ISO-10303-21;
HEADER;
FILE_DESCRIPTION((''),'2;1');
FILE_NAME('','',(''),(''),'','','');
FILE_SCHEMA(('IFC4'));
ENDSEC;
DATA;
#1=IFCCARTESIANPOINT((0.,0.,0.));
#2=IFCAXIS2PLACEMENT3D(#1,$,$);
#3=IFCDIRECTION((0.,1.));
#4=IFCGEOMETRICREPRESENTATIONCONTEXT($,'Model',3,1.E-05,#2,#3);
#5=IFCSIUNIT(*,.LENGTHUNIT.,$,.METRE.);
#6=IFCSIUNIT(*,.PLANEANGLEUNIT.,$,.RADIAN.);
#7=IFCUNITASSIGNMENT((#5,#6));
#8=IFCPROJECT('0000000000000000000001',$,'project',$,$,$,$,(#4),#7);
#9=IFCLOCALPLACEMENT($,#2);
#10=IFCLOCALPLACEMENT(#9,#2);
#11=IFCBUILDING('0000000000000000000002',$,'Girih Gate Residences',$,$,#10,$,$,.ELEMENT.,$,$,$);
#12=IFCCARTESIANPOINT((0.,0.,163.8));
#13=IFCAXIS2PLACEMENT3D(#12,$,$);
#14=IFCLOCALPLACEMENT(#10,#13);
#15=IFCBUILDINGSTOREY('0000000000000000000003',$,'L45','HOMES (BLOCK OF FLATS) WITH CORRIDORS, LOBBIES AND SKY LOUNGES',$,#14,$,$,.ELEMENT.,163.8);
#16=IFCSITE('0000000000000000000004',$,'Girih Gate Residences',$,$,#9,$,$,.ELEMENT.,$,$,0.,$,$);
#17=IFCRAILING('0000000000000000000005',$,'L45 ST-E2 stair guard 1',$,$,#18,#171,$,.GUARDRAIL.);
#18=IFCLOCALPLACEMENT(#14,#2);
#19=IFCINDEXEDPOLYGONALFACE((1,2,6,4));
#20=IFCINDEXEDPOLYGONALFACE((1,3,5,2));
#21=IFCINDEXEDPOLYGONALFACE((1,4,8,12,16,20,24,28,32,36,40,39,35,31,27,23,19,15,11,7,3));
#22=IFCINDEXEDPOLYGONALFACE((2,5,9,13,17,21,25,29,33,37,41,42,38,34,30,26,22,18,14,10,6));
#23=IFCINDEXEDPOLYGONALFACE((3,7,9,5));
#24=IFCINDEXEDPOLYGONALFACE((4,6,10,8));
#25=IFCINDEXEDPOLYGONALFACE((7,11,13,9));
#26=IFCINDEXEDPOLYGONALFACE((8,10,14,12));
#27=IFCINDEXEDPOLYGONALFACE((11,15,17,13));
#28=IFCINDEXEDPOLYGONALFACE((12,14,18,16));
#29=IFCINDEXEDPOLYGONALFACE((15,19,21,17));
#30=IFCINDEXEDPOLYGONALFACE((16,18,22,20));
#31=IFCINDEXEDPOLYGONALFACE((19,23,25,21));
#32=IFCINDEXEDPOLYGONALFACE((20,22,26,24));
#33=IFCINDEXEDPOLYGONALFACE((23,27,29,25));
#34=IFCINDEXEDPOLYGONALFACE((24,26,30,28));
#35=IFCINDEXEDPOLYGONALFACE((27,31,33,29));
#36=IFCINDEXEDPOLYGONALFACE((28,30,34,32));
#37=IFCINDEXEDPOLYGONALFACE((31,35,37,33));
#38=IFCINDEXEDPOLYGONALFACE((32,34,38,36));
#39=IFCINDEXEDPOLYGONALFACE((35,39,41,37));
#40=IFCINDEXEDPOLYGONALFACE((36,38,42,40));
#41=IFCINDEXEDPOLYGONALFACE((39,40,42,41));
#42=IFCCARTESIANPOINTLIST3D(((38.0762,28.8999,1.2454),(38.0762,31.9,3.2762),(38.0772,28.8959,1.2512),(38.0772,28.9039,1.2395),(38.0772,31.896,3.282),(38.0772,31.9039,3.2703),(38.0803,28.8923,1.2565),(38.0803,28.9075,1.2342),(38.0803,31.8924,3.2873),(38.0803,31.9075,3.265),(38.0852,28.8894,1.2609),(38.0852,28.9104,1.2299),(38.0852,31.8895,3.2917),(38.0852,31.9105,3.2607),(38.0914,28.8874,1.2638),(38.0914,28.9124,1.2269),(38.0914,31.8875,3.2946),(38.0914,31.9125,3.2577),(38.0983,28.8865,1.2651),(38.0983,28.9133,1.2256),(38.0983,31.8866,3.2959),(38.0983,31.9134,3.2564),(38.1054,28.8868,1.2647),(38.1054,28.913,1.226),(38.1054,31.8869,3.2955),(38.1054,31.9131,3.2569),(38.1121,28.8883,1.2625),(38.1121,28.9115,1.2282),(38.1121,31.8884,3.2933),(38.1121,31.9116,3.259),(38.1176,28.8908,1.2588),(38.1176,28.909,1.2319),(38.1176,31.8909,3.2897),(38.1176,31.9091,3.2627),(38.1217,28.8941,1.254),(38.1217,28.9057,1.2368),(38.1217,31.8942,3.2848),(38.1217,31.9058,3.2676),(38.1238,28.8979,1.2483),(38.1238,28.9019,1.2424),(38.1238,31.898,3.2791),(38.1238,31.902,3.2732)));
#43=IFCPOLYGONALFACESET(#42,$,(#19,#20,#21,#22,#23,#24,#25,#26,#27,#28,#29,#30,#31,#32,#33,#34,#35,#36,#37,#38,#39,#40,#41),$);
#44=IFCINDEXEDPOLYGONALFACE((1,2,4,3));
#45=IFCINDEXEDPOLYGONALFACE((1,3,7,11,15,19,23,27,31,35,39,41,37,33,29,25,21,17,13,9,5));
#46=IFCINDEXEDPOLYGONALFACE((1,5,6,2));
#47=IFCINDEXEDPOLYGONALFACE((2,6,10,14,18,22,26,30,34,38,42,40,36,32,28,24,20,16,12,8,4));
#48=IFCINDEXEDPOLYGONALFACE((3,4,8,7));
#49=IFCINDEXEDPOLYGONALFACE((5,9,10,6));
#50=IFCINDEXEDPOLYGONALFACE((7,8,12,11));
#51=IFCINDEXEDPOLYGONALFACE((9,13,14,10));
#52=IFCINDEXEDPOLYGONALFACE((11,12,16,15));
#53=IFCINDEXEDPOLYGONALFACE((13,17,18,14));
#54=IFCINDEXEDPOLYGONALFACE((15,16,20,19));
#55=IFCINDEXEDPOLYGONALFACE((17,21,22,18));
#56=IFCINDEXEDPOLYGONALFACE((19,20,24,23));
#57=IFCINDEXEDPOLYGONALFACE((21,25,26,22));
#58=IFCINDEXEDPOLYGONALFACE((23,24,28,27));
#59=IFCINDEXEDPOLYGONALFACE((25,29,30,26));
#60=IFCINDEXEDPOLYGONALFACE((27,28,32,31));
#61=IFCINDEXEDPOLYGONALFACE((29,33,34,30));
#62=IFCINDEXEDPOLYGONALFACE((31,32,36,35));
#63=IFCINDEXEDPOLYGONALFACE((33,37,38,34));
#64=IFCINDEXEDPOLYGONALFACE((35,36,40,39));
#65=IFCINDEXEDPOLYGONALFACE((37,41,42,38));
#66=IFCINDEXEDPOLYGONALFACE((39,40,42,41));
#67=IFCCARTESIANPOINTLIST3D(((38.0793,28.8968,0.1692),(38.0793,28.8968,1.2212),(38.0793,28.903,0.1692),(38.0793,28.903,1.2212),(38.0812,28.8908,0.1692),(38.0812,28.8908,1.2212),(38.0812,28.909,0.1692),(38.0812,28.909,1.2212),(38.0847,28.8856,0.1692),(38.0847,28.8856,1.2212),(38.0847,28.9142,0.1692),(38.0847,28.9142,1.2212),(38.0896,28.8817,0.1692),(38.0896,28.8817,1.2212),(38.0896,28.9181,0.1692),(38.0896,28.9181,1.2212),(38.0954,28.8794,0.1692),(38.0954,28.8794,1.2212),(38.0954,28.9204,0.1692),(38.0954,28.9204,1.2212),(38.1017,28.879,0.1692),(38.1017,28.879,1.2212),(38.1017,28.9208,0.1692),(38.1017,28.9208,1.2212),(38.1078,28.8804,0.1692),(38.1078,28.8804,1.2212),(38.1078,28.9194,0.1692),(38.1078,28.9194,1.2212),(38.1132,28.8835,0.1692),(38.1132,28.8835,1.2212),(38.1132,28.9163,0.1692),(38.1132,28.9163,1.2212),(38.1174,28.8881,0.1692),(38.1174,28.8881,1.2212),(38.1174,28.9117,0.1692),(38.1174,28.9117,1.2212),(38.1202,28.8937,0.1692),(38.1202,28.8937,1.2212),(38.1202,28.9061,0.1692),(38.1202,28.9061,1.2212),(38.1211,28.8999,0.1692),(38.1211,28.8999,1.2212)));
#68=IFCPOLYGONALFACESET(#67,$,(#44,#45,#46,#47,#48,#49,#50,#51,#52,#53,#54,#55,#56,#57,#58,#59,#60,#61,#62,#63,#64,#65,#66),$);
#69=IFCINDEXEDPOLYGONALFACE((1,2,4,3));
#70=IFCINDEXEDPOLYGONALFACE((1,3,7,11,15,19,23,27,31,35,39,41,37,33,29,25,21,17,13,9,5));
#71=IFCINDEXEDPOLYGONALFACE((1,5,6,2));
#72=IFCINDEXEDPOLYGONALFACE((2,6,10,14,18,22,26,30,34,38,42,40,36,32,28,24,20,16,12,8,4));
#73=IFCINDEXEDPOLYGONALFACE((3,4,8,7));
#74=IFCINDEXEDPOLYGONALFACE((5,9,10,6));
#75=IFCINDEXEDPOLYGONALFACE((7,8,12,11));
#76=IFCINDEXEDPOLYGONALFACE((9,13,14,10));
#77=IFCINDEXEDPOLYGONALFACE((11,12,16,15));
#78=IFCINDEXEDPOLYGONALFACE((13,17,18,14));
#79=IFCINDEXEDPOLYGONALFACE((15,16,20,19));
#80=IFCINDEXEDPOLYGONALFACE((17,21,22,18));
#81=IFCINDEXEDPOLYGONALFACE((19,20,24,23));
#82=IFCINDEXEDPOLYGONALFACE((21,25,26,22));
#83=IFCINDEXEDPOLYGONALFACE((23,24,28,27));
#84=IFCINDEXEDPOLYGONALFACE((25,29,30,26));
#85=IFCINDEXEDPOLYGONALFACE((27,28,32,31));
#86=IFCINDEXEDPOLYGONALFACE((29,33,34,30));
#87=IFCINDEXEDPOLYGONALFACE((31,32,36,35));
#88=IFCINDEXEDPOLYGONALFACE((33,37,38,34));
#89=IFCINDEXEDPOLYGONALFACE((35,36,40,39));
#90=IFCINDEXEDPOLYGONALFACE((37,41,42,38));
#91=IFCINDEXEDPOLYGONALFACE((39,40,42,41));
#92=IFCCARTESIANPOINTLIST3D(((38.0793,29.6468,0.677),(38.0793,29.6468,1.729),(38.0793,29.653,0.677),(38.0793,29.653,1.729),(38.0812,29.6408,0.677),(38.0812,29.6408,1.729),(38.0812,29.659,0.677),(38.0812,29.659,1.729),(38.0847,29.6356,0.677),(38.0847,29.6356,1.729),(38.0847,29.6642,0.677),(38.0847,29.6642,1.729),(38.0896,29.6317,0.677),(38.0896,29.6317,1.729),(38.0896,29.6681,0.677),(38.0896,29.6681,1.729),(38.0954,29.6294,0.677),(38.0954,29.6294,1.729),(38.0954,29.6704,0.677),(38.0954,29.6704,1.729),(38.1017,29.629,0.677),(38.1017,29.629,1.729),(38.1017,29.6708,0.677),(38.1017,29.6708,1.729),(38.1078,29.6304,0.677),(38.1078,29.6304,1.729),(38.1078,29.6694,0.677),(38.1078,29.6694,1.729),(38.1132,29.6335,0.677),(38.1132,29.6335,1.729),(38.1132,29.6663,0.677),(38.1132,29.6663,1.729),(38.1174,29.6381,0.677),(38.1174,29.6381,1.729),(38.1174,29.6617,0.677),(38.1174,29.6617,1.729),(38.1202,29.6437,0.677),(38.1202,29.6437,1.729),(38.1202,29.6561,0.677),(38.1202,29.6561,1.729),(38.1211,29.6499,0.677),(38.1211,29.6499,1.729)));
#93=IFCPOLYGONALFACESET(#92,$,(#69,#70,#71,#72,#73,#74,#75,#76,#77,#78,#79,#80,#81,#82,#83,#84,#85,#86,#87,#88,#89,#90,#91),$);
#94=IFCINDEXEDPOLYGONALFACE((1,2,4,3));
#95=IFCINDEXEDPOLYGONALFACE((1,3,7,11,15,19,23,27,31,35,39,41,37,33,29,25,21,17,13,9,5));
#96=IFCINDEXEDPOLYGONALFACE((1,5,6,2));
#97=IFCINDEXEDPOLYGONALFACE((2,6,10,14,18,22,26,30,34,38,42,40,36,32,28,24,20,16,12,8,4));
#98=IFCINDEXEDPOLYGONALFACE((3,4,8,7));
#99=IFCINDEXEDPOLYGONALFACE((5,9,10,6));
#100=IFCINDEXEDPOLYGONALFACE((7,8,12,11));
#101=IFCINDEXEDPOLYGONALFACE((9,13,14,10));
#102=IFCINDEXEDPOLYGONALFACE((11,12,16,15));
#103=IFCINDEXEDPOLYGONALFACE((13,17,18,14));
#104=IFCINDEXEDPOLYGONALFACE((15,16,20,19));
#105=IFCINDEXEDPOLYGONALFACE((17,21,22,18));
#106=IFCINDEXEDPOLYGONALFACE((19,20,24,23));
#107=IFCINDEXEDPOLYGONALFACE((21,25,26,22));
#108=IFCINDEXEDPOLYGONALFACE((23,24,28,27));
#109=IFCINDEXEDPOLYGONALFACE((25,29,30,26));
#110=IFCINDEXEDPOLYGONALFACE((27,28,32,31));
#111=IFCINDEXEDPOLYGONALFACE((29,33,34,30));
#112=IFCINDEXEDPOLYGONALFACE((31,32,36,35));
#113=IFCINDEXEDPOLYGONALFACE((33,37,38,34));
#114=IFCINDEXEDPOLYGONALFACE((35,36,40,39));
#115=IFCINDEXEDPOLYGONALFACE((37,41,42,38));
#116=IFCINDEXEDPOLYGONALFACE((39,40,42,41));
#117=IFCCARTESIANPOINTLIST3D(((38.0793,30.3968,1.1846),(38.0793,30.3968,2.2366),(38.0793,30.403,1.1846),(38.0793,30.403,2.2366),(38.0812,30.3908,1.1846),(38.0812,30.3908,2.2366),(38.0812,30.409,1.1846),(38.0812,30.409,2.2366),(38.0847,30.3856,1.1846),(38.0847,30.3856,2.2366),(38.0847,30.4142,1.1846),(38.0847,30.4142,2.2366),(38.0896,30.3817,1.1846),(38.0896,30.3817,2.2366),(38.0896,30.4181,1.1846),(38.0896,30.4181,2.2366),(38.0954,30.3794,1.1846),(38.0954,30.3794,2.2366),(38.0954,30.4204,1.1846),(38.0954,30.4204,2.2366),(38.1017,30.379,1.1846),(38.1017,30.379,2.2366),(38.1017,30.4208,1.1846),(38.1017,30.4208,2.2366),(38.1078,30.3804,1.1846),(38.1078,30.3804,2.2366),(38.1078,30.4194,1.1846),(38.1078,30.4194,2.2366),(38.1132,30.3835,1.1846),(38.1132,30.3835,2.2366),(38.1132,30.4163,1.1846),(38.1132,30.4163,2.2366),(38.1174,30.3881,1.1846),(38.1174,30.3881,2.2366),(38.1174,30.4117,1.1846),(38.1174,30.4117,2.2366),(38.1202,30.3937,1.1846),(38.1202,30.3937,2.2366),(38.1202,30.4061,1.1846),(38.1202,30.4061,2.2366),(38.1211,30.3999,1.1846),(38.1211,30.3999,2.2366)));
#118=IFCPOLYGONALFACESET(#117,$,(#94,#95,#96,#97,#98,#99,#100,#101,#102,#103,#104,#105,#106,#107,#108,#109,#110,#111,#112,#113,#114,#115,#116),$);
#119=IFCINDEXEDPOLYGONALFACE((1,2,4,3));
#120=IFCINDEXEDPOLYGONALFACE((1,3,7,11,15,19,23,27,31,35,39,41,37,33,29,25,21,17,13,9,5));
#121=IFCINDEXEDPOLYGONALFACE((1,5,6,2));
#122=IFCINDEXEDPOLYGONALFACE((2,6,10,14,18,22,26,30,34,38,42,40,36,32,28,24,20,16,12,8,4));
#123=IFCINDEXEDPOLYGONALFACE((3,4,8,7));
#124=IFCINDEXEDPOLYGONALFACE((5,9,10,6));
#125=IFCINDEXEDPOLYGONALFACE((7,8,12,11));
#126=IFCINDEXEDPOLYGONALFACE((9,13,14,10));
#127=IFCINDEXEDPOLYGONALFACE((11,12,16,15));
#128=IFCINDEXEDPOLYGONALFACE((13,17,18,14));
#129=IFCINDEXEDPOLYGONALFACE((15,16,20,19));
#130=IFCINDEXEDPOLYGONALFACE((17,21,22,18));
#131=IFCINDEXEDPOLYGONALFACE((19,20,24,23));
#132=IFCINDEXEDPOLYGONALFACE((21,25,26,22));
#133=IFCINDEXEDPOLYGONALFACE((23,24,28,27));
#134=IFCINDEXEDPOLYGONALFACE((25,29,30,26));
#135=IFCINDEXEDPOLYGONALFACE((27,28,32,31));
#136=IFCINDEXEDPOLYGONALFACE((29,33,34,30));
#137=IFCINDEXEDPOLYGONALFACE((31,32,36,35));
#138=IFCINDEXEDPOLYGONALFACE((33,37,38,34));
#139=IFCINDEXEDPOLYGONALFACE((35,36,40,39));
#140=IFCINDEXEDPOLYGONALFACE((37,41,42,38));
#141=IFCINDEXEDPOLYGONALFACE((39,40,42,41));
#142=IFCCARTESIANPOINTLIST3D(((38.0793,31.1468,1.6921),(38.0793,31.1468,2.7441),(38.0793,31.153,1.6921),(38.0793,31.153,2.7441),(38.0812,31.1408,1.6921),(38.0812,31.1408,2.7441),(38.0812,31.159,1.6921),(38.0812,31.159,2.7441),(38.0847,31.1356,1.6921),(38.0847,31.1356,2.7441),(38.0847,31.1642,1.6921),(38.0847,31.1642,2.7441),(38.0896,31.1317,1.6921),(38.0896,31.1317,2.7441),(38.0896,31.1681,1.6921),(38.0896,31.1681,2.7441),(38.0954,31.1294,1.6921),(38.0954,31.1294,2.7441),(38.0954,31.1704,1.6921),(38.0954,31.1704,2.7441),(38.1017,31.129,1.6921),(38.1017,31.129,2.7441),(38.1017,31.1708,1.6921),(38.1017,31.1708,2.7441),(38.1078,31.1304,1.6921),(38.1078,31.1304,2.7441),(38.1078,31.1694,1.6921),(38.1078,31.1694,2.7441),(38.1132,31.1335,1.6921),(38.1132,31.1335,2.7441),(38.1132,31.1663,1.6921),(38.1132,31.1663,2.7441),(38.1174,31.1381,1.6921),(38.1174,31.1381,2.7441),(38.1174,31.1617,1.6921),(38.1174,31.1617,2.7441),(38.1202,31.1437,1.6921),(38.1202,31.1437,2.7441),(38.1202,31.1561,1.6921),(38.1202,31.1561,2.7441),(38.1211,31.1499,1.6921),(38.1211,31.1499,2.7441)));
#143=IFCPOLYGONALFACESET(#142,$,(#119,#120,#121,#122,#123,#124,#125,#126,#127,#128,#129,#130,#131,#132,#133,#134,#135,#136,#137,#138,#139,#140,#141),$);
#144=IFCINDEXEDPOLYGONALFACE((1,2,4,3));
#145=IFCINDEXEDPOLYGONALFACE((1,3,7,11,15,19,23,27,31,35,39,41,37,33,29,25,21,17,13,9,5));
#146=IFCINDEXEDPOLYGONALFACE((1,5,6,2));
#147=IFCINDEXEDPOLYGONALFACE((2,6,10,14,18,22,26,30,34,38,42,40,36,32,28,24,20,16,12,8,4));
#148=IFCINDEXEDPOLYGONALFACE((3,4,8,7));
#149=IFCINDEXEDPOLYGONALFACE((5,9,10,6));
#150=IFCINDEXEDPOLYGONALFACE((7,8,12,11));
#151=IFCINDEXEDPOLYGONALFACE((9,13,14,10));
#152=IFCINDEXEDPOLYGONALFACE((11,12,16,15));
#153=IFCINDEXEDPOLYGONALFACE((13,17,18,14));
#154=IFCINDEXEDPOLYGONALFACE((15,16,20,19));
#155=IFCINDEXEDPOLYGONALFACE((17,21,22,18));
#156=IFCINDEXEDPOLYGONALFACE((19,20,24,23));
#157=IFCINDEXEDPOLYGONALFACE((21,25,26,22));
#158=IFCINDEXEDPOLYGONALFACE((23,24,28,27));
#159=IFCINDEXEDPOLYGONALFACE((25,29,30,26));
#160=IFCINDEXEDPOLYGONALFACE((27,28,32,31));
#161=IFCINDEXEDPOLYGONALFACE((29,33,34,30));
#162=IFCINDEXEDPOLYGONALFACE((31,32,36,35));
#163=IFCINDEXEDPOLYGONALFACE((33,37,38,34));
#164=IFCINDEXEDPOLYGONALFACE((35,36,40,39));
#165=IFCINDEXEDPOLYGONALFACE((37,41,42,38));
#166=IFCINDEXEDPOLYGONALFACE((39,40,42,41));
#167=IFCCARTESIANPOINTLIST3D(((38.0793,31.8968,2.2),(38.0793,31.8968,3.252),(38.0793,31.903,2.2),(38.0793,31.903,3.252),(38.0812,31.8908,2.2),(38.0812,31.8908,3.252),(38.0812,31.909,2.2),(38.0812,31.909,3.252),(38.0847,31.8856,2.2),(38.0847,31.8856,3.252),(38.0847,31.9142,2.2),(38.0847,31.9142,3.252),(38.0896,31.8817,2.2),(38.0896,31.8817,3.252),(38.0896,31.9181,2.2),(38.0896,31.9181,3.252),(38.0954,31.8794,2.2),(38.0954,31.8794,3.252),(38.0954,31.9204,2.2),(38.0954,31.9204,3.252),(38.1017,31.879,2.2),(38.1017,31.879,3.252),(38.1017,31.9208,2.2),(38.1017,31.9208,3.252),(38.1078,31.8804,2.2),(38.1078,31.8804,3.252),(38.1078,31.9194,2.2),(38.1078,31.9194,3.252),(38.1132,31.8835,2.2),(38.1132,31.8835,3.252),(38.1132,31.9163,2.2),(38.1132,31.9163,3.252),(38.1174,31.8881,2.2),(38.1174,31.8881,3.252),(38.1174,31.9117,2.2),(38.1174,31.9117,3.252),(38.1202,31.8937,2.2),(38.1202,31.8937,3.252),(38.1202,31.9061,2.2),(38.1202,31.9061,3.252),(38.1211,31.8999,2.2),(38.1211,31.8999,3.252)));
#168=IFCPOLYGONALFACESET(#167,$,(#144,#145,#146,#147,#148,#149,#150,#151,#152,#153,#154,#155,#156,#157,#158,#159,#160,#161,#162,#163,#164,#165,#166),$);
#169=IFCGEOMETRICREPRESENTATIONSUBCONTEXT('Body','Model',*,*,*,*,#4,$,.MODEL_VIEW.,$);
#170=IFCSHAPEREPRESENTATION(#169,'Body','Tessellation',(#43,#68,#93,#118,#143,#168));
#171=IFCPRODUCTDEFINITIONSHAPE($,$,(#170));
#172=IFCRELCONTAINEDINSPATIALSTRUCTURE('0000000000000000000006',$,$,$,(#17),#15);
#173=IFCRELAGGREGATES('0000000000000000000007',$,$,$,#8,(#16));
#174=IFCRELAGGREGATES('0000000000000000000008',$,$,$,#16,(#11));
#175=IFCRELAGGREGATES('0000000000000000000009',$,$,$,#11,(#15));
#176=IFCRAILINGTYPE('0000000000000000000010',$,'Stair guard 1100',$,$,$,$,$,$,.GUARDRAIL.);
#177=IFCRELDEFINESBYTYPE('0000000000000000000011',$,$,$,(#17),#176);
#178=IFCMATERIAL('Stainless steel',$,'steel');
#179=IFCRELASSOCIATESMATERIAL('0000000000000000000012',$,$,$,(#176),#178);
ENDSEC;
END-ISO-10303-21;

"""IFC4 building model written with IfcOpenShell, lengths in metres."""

from ifc_helpers import new_model, si_unit, direction, frame, origin, origin_2d, place, context, subcontext, project, spatial, circle, extrude, material, type_object, element, save


model = new_model("IFC4")

# Units and contexts
model_context = context("Model", 3, precision=1e-05, world=origin(), true_north=direction((0.0, 1.0)))
body_context = subcontext(model_context, "Body", "Model", "MODEL_VIEW")
ifc_project = project(units=[si_unit("LENGTHUNIT", "METRE"), si_unit("PLANEANGLEUNIT", "RADIAN")], contexts=[model_context])

# Site, building, storey
site_placement = place(None, origin())
site = spatial("IfcSite", under=ifc_project, at=site_placement, Name="Girih Gate Residences", CompositionType="ELEMENT", RefElevation=0.0)
building_placement = place(site_placement, origin())
building = spatial("IfcBuilding", under=site, at=building_placement, Name="Girih Gate Residences", CompositionType="ELEMENT")
storey_placement = place(building_placement, frame((0.0, 0.0, 163.8)))
storey = spatial("IfcBuildingStorey", under=building, at=storey_placement, Name="L45", Description="HOMES (BLOCK OF FLATS) WITH CORRIDORS, LOBBIES AND SKY LOUNGES", CompositionType="ELEMENT", Elevation=163.8)

# Railing
ifc_material_1 = material(Name="Stainless steel", Category="steel")
railing_type_1 = type_object("IfcRailingType", Name="Stair guard 1100", PredefinedType="GUARDRAIL", material=ifc_material_1)
railing_1_placement = place(storey_placement, frame((38.1001, 28.8999, 0.1692)))
element("IfcRailing", 1, at=railing_1_placement, inside=storey, type_object=railing_type_1, Name="L45 ST-E2 stair guard 1", PredefinedType="GUARDRAIL", context=body_context, shape_type="SweptSolid", body=[
    extrude(circle(Radius=0.0239, at=origin_2d()), frame((0.0, 0.0, 1.0762), z_axis=(0.0, 0.82811, 0.560565), x_axis=(-1.0, 0.0, 0.0)), (0.0, 0.0, 1.0), 3.6228),
    extrude(circle(Radius=0.021, at=origin_2d()), origin(), (0.0, 0.0, 1.0), 1.052),
    extrude(circle(Radius=0.021, at=origin_2d()), frame((0.0, 0.75, 0.5078)), (0.0, 0.0, 1.0), 1.052),
    extrude(circle(Radius=0.021, at=origin_2d()), frame((0.0, 1.5, 1.0154)), (0.0, 0.0, 1.0), 1.052),
    extrude(circle(Radius=0.021, at=origin_2d()), frame((0.0, 2.25, 1.5229)), (0.0, 0.0, 1.0), 1.052),
    extrude(circle(Radius=0.021, at=origin_2d()), frame((0.0, 3.0, 2.0308)), (0.0, 0.0, 1.0), 1.052),
])

save(model, "model.ifc")
